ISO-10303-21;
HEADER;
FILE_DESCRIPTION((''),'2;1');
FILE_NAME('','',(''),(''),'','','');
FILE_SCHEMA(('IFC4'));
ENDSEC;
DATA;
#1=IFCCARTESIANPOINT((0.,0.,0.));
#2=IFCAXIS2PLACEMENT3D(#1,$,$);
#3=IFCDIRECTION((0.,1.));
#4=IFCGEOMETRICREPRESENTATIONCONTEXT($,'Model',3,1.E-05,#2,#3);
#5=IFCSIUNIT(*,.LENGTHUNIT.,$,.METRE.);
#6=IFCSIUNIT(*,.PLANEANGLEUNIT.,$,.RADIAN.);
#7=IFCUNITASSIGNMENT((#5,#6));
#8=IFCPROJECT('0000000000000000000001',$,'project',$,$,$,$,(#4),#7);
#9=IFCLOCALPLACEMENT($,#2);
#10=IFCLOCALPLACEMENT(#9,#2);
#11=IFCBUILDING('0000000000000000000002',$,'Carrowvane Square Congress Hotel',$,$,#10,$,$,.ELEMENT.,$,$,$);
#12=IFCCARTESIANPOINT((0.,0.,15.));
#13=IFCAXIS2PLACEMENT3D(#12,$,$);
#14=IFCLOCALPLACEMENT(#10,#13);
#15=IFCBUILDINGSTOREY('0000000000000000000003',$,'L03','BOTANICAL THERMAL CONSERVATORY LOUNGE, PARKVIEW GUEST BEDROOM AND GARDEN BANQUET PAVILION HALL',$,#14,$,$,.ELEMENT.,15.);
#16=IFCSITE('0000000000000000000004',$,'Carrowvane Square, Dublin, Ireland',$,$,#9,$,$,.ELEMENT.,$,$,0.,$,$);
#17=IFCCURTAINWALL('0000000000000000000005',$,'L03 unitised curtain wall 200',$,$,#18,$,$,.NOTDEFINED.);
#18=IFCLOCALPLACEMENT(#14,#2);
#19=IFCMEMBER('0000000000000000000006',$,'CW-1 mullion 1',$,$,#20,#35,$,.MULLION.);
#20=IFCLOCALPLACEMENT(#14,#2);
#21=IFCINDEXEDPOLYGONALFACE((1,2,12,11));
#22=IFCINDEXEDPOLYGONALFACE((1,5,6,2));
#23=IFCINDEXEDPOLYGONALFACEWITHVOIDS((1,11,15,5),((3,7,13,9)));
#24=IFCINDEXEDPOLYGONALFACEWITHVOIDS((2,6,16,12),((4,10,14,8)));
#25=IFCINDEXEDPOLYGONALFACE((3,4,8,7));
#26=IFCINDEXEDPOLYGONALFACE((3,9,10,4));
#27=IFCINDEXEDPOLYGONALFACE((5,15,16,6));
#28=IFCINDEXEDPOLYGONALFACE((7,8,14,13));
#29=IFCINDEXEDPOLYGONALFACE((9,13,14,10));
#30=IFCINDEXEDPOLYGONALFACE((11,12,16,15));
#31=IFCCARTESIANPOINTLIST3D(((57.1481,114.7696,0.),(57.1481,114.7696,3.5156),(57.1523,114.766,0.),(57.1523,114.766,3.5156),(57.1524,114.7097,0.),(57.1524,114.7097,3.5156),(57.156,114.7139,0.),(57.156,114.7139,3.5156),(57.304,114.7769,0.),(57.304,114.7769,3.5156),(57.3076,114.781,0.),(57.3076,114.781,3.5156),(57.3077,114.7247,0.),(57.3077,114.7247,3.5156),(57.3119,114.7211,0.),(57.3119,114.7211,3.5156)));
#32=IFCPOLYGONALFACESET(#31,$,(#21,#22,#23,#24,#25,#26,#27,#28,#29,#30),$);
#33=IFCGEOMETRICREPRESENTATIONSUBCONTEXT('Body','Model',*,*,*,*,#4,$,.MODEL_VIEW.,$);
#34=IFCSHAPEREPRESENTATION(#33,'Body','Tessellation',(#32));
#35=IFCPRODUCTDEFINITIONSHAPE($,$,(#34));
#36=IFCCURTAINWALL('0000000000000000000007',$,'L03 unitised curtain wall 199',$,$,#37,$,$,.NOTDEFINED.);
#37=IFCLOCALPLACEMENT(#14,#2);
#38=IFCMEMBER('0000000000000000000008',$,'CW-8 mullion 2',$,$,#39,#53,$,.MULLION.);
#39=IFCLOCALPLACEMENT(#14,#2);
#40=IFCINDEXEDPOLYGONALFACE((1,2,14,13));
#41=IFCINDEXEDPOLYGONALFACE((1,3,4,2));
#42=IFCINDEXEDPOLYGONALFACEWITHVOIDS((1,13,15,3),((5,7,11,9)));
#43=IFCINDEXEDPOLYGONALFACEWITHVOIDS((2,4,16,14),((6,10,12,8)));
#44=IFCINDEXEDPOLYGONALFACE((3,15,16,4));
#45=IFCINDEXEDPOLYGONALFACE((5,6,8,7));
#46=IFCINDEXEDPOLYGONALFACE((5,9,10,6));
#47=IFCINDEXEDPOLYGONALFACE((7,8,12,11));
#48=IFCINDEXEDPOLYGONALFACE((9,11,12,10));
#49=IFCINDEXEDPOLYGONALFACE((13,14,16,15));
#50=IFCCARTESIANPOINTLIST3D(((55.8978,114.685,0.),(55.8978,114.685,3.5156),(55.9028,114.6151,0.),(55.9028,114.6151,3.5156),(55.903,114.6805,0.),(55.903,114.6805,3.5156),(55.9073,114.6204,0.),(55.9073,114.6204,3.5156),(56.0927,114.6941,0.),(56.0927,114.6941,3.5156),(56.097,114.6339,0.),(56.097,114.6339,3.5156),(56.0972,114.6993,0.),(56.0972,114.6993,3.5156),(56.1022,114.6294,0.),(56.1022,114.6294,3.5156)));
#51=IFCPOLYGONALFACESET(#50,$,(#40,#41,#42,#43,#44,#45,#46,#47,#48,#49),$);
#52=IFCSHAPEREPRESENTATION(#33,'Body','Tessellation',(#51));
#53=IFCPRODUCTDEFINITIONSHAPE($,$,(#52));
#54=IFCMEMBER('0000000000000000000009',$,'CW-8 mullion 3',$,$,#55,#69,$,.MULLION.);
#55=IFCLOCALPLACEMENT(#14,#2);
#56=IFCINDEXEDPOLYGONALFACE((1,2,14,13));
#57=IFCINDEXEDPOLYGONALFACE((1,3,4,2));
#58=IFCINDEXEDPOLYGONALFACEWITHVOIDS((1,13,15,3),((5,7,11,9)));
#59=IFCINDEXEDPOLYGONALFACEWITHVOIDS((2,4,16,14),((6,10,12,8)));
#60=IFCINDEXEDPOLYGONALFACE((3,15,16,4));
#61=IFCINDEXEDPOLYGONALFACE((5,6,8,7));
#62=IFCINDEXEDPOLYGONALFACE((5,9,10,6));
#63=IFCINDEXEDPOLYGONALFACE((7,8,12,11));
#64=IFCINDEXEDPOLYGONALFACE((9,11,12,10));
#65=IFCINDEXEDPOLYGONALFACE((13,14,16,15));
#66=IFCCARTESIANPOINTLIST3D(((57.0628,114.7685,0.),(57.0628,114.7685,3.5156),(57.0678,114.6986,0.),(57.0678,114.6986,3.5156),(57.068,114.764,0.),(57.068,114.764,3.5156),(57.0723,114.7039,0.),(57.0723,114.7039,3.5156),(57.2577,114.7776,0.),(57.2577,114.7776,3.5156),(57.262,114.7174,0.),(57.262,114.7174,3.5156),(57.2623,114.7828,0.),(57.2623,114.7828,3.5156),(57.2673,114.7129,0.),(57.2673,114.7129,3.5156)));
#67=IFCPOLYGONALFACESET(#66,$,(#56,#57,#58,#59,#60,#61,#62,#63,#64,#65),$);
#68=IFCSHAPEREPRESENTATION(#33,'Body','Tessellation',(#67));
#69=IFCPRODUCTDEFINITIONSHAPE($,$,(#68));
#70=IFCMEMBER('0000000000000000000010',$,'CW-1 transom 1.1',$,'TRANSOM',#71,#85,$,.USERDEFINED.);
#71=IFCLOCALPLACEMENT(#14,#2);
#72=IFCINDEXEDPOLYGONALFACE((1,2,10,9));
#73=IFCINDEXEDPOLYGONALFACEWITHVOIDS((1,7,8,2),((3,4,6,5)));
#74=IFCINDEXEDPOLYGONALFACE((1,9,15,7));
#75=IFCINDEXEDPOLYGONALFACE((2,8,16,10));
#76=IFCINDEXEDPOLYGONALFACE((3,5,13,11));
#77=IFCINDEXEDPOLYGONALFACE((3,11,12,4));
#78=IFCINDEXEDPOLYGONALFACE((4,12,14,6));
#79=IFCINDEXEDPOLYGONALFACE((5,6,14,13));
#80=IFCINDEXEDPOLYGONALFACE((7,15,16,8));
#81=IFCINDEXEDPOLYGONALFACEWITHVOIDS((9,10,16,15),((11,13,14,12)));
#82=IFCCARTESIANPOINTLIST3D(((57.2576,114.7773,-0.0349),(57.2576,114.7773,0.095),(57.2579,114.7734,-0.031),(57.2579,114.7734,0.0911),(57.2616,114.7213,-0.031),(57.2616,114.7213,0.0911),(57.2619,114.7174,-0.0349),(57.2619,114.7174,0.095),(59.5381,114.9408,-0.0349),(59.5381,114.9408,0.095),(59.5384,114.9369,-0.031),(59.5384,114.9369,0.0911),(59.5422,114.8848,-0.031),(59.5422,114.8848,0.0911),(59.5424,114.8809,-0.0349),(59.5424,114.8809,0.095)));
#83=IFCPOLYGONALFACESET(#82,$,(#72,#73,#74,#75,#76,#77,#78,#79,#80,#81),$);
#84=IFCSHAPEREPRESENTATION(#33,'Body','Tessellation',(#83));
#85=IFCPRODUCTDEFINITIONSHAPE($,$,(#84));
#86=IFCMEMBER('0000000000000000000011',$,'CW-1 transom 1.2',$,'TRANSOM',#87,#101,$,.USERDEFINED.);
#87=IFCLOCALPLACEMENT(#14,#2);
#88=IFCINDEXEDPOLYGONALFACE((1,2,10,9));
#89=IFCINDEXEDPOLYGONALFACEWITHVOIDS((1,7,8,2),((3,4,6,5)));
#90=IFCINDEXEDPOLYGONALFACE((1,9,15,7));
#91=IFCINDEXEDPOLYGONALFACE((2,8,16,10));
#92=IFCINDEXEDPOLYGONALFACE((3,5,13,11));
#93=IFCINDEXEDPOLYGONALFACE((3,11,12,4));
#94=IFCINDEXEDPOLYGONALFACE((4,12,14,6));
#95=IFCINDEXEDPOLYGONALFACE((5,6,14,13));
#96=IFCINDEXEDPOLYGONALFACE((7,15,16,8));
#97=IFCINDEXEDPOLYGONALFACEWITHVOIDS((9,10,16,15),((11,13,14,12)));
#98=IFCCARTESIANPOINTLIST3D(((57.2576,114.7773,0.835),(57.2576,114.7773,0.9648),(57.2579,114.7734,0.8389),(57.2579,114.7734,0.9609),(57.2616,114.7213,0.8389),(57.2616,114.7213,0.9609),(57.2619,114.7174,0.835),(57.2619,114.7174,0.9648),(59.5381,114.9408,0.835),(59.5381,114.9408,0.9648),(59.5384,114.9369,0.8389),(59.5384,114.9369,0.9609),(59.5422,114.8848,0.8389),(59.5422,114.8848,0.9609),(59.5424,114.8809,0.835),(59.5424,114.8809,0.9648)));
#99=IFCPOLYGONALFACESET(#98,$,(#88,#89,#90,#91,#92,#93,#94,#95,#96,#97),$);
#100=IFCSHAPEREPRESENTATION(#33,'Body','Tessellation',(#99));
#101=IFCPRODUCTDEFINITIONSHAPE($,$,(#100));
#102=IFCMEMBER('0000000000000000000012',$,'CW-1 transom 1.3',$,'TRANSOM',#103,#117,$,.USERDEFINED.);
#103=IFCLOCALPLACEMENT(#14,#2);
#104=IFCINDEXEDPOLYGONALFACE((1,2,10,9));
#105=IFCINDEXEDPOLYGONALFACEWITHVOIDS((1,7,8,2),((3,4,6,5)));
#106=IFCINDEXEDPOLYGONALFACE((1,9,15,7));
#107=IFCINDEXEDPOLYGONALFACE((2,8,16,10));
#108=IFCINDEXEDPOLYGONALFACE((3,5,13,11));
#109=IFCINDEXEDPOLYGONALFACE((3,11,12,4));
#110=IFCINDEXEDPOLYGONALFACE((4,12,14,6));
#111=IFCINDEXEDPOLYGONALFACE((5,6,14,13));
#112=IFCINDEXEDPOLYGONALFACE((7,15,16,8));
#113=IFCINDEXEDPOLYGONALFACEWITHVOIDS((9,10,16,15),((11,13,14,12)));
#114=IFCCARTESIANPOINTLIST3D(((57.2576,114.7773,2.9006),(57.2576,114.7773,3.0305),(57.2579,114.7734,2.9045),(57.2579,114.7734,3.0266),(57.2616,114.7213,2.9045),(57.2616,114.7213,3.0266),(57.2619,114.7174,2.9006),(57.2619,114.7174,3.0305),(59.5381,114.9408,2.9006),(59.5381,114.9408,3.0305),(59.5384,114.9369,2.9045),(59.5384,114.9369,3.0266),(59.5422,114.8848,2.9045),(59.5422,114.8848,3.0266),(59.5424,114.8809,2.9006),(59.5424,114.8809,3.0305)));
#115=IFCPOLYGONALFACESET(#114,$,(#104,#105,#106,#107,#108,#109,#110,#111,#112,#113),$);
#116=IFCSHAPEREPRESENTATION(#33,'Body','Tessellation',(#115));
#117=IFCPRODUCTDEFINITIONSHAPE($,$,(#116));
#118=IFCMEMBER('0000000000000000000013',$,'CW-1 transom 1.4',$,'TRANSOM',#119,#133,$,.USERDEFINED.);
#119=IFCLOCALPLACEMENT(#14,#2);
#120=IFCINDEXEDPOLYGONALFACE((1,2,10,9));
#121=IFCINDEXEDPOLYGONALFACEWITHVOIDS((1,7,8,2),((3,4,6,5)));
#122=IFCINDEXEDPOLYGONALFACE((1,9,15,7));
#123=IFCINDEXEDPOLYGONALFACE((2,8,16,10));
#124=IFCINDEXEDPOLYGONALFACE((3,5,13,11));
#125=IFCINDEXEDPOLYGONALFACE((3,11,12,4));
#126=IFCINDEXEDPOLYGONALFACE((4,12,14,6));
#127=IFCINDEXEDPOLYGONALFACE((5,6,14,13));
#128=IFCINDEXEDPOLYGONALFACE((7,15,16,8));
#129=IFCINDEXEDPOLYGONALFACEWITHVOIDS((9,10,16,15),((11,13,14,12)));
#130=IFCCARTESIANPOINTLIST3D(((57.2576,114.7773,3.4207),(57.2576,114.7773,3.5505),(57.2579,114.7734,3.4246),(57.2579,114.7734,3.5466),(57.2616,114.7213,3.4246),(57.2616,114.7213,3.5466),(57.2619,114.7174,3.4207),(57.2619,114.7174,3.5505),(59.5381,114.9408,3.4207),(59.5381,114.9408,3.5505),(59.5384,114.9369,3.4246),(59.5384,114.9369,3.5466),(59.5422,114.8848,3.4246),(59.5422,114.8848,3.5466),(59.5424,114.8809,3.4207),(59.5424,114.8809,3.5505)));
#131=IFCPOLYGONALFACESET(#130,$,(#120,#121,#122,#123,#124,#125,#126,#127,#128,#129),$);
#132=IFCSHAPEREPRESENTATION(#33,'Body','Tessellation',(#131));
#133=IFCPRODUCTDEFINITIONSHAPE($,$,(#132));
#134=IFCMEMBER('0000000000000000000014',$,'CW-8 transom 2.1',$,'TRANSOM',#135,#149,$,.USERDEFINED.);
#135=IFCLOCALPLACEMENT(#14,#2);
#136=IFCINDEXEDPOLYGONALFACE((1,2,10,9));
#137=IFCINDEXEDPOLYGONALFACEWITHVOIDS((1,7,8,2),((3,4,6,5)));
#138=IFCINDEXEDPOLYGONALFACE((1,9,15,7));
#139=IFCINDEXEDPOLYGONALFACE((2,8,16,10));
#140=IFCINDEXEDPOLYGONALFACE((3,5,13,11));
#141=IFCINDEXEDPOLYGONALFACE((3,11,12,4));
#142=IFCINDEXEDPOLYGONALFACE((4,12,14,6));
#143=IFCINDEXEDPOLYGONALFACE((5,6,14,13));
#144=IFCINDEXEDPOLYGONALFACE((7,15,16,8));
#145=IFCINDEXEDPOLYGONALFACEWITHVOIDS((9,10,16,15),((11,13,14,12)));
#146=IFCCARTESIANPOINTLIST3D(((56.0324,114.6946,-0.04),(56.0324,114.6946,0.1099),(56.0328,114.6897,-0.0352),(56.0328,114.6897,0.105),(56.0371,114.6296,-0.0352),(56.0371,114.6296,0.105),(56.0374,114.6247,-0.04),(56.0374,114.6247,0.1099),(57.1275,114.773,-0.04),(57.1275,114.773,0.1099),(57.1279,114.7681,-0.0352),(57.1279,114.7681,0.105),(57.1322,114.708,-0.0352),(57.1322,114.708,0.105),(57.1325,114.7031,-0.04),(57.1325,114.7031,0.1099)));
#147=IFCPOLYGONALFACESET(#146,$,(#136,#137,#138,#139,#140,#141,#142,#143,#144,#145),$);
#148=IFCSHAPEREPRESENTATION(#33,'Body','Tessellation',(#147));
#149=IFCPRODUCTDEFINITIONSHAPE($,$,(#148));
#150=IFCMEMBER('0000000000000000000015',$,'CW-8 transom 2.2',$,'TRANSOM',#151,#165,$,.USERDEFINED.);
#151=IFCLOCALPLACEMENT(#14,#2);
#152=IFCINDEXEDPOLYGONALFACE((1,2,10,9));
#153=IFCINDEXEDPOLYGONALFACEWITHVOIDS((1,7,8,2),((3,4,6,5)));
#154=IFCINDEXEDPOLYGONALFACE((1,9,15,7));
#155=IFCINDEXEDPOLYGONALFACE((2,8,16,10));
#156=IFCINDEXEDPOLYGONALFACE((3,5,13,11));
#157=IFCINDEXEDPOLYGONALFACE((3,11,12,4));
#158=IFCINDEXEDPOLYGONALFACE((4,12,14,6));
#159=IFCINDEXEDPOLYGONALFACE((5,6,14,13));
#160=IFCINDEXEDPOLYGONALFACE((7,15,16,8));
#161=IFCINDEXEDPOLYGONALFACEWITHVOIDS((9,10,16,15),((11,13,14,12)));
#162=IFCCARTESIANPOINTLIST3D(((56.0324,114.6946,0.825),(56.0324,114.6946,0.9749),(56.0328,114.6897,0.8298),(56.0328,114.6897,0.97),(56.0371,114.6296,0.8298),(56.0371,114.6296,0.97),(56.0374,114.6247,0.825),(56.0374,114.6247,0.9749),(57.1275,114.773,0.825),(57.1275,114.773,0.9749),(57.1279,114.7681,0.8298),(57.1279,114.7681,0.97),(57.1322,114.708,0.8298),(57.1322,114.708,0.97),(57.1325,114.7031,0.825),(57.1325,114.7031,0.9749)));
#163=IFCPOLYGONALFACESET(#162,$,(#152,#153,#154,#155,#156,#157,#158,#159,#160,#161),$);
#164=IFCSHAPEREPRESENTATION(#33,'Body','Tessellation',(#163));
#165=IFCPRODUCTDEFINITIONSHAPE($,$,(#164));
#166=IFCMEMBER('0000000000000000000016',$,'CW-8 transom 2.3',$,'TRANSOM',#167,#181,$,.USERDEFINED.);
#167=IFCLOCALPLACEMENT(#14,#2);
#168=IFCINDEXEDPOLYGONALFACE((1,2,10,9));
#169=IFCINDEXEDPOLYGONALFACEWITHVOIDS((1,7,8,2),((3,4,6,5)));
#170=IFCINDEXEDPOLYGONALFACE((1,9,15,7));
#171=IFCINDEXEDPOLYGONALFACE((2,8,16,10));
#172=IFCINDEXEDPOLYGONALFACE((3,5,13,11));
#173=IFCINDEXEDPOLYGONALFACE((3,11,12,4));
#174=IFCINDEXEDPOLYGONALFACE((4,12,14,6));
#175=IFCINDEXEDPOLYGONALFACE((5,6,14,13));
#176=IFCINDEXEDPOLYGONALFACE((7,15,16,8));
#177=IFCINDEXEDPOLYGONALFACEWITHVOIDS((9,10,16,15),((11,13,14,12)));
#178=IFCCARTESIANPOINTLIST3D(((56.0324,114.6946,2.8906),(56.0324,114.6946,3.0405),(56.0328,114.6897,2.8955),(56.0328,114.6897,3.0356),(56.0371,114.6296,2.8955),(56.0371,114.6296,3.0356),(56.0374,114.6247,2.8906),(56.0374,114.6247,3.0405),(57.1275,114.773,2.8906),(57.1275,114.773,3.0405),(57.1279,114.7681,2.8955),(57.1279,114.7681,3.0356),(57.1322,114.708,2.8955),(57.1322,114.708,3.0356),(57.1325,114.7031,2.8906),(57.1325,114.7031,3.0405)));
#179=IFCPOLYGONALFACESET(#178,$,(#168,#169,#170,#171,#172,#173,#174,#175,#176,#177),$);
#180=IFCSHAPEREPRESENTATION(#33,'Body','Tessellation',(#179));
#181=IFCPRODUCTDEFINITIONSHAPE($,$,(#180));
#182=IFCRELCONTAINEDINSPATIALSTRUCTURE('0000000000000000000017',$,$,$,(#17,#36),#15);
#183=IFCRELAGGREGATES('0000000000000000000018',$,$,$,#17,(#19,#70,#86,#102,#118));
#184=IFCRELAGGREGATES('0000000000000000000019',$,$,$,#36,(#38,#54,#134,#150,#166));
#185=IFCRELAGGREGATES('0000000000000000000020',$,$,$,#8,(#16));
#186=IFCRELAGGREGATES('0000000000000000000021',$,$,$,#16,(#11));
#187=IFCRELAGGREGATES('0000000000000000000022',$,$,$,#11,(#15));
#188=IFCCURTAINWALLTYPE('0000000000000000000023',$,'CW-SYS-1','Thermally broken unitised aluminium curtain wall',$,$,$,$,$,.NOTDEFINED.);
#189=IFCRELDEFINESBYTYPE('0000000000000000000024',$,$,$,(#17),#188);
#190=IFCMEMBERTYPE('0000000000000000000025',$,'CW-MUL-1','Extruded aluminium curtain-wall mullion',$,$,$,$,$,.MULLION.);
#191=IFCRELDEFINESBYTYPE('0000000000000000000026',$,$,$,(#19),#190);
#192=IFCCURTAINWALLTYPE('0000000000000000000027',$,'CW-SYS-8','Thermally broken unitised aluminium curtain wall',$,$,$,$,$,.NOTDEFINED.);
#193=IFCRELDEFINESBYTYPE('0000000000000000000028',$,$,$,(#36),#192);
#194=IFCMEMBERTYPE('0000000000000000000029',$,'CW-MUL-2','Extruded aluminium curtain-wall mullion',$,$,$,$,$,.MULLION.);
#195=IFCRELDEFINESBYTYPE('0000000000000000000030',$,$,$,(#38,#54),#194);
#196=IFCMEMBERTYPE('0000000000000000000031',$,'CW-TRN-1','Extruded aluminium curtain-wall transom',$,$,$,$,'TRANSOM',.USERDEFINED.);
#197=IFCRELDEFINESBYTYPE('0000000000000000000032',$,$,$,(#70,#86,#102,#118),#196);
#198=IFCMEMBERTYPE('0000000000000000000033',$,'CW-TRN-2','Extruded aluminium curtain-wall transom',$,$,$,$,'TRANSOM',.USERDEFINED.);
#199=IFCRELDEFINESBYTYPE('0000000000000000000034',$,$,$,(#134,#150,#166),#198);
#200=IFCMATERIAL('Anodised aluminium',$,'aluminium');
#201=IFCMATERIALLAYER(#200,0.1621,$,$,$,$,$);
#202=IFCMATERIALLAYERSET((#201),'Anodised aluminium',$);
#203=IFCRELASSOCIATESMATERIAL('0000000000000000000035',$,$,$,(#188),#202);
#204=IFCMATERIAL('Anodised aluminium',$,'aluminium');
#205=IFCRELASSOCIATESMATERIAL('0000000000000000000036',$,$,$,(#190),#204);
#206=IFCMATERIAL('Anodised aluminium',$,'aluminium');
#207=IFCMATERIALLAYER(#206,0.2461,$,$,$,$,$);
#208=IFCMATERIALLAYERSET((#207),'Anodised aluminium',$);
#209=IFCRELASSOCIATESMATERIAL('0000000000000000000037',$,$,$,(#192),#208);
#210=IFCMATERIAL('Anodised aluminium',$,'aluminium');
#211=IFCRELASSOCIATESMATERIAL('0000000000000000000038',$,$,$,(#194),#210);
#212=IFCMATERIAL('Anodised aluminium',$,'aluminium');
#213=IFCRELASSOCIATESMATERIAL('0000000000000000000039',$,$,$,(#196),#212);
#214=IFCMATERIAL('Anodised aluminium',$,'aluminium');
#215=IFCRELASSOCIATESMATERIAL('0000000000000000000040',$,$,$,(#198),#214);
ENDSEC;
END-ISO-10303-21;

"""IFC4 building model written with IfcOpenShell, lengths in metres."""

from ifc_helpers import new_model, si_unit, direction, frame, origin, origin_2d, place, context, subcontext, project, spatial, hollow_rectangle, extrude, material, layer, layer_set, material_profile, profile_set, type_object, element, aggregate, save


model = new_model("IFC4")

# Units and contexts
model_context = context("Model", 3, precision=1e-05, world=origin(), true_north=direction((0.0, 1.0)))
body_context = subcontext(model_context, "Body", "Model", "MODEL_VIEW")
ifc_project = project(units=[si_unit("LENGTHUNIT", "METRE"), si_unit("PLANEANGLEUNIT", "RADIAN")], contexts=[model_context])

# Site, building, storey
site_placement = place(None, origin())
site = spatial("IfcSite", under=ifc_project, at=site_placement, Name="Carrowvane Square, Dublin, Ireland", CompositionType="ELEMENT", RefElevation=0.0)
building_placement = place(site_placement, origin())
building = spatial("IfcBuilding", under=site, at=building_placement, Name="Carrowvane Square Congress Hotel", CompositionType="ELEMENT")
storey_placement = place(building_placement, frame((0.0, 0.0, 15.0)))
storey = spatial("IfcBuildingStorey", under=building, at=storey_placement, Name="L03", Description="BOTANICAL THERMAL CONSERVATORY LOUNGE, PARKVIEW GUEST BEDROOM AND GARDEN BANQUET PAVILION HALL", CompositionType="ELEMENT", Elevation=15.0)

# Curtain wall, member
ifc_material_1 = material(Name="Anodised aluminium", Category="aluminium")
ifc_layer_1 = layer(ifc_material_1, 0.1621)
ifc_layer_set_1 = layer_set([ifc_layer_1], Name="Anodised aluminium")
curtain_wall_type_1 = type_object("IfcCurtainWallType", Name="CW-SYS-1", Description="Thermally broken unitised aluminium curtain wall", PredefinedType="NOTDEFINED", material=ifc_layer_set_1)
curtain_wall_1_placement = place(storey_placement, origin())
curtain_wall_1 = element("IfcCurtainWall", 1, at=curtain_wall_1_placement, inside=storey, type_object=curtain_wall_type_1, Name="L03 unitised curtain wall 200", PredefinedType="NOTDEFINED")
ifc_material_2 = material(Name="Anodised aluminium", Category="aluminium")
ifc_material_profile_1 = material_profile(ifc_material_2, hollow_rectangle(XDim=0.0601, YDim=0.1599, WallThickness=0.0039, at=origin_2d()), Name="CW-ML 60x160x4")
ifc_profile_set_1 = profile_set([ifc_material_profile_1], Name="Anodised aluminium")
member_type_1 = type_object("IfcMemberType", Name="CW-MUL-1", Description="Extruded aluminium curtain-wall mullion", PredefinedType="MULLION", material=ifc_profile_set_1)
member_1_placement = place(storey_placement, frame((57.23, 114.7454, 0.0), z_axis=(0.0, 0.0, 1.0), x_axis=(-0.071532, 0.997438, 0.0)))
member_1 = element("IfcMember", 2, at=member_1_placement, type_object=member_type_1, Name="CW-1 mullion 1", PredefinedType="MULLION", context=body_context, shape_type="SweptSolid", body=[
    extrude(hollow_rectangle(XDim=0.0601, YDim=0.1599, WallThickness=0.0039, at=origin_2d()), origin(), (0.0, 0.0, 1.0), 3.5156),
])

# Curtain wall, members
ifc_material_3 = material(Name="Anodised aluminium", Category="aluminium")
ifc_layer_2 = layer(ifc_material_3, 0.2461)
ifc_layer_set_2 = layer_set([ifc_layer_2], Name="Anodised aluminium")
curtain_wall_type_2 = type_object("IfcCurtainWallType", Name="CW-SYS-8", Description="Thermally broken unitised aluminium curtain wall", PredefinedType="NOTDEFINED", material=ifc_layer_set_2)
curtain_wall_2_placement = place(storey_placement, origin())
curtain_wall_2 = element("IfcCurtainWall", 3, at=curtain_wall_2_placement, inside=storey, type_object=curtain_wall_type_2, Name="L03 unitised curtain wall 199", PredefinedType="NOTDEFINED")
ifc_material_4 = material(Name="Anodised aluminium", Category="aluminium")
ifc_material_profile_2 = material_profile(ifc_material_4, hollow_rectangle(XDim=0.0701, YDim=0.2, WallThickness=0.0049, at=origin_2d()), Name="CW-ML 70x200x5")
ifc_profile_set_2 = profile_set([ifc_material_profile_2], Name="Anodised aluminium")
member_type_2 = type_object("IfcMemberType", Name="CW-MUL-2", Description="Extruded aluminium curtain-wall mullion", PredefinedType="MULLION", material=ifc_profile_set_2)
member_2_placement = place(storey_placement, frame((56.0, 114.6572, 0.0), z_axis=(0.0, 0.0, 1.0), x_axis=(-0.071418, 0.997446, 0.0)))
member_2 = element("IfcMember", 4, at=member_2_placement, type_object=member_type_2, Name="CW-8 mullion 2", PredefinedType="MULLION", context=body_context, shape_type="SweptSolid", body=[
    extrude(hollow_rectangle(XDim=0.0701, YDim=0.2, WallThickness=0.0049, at=origin_2d()), origin(), (0.0, 0.0, 1.0), 3.5156),
])
member_3_placement = place(storey_placement, frame((57.165, 114.7407, 0.0), z_axis=(0.0, 0.0, 1.0), x_axis=(-0.071418, 0.997446, 0.0)))
member_3 = element("IfcMember", 5, at=member_3_placement, type_object=member_type_2, Name="CW-8 mullion 3", PredefinedType="MULLION", context=body_context, shape_type="SweptSolid", body=[
    extrude(hollow_rectangle(XDim=0.0701, YDim=0.2, WallThickness=0.0049, at=origin_2d()), origin(), (0.0, 0.0, 1.0), 3.5156),
])

# Members
ifc_material_5 = material(Name="Anodised aluminium", Category="aluminium")
ifc_material_profile_3 = material_profile(ifc_material_5, hollow_rectangle(XDim=0.0601, YDim=0.1299, WallThickness=0.0039, at=origin_2d()), Name="CW-TR 60x130x4")
ifc_profile_set_3 = profile_set([ifc_material_profile_3], Name="Anodised aluminium")
member_type_3 = type_object("IfcMemberType", Name="CW-TRN-1", Description="Extruded aluminium curtain-wall transom", ElementType="TRANSOM", PredefinedType="USERDEFINED", material=ifc_profile_set_3)
member_4_placement = place(storey_placement, frame((57.2598, 114.7473, 0.03), z_axis=(0.997438, 0.071543, 0.0), x_axis=(-0.071543, 0.997438, 0.0)))
member_4 = element("IfcMember", 6, at=member_4_placement, type_object=member_type_3, Name="CW-1 transom 1.1", ObjectType="TRANSOM", PredefinedType="USERDEFINED", context=body_context, shape_type="SweptSolid", body=[
    extrude(hollow_rectangle(XDim=0.0601, YDim=0.1299, WallThickness=0.0039, at=origin_2d()), origin(), (0.0, 0.0, 1.0), 2.2864),
])
member_5_placement = place(storey_placement, frame((57.2598, 114.7473, 0.8999), z_axis=(0.997438, 0.071543, 0.0), x_axis=(-0.071543, 0.997438, 0.0)))
member_5 = element("IfcMember", 7, at=member_5_placement, type_object=member_type_3, Name="CW-1 transom 1.2", ObjectType="TRANSOM", PredefinedType="USERDEFINED", context=body_context, shape_type="SweptSolid", body=[
    extrude(hollow_rectangle(XDim=0.0601, YDim=0.1299, WallThickness=0.0039, at=origin_2d()), origin(), (0.0, 0.0, 1.0), 2.2864),
])
member_6_placement = place(storey_placement, frame((57.2598, 114.7473, 2.9656), z_axis=(0.997438, 0.071543, 0.0), x_axis=(-0.071543, 0.997438, 0.0)))
member_6 = element("IfcMember", 8, at=member_6_placement, type_object=member_type_3, Name="CW-1 transom 1.3", ObjectType="TRANSOM", PredefinedType="USERDEFINED", context=body_context, shape_type="SweptSolid", body=[
    extrude(hollow_rectangle(XDim=0.0601, YDim=0.1299, WallThickness=0.0039, at=origin_2d()), origin(), (0.0, 0.0, 1.0), 2.2864),
])
member_7_placement = place(storey_placement, frame((57.2598, 114.7473, 3.4856), z_axis=(0.997438, 0.071543, 0.0), x_axis=(-0.071543, 0.997438, 0.0)))
member_7 = element("IfcMember", 9, at=member_7_placement, type_object=member_type_3, Name="CW-1 transom 1.4", ObjectType="TRANSOM", PredefinedType="USERDEFINED", context=body_context, shape_type="SweptSolid", body=[
    extrude(hollow_rectangle(XDim=0.0601, YDim=0.1299, WallThickness=0.0039, at=origin_2d()), origin(), (0.0, 0.0, 1.0), 2.2864),
])
ifc_material_6 = material(Name="Anodised aluminium", Category="aluminium")
ifc_material_profile_4 = material_profile(ifc_material_6, hollow_rectangle(XDim=0.0701, YDim=0.1499, WallThickness=0.0049, at=origin_2d()), Name="CW-TR 70x150x5")
ifc_profile_set_4 = profile_set([ifc_material_profile_4], Name="Anodised aluminium")
member_type_4 = type_object("IfcMemberType", Name="CW-TRN-2", Description="Extruded aluminium curtain-wall transom", ElementType="TRANSOM", PredefinedType="USERDEFINED", material=ifc_profile_set_4)
member_8_placement = place(storey_placement, frame((56.0349, 114.6597, 0.0349), z_axis=(0.99745, 0.071373, 0.0), x_axis=(-0.071373, 0.99745, 0.0)))
member_8 = element("IfcMember", 10, at=member_8_placement, type_object=member_type_4, Name="CW-8 transom 2.1", ObjectType="TRANSOM", PredefinedType="USERDEFINED", context=body_context, shape_type="SweptSolid", body=[
    extrude(hollow_rectangle(XDim=0.0701, YDim=0.1499, WallThickness=0.0049, at=origin_2d()), origin(), (0.0, 0.0, 1.0), 1.0979),
])
member_9_placement = place(storey_placement, frame((56.0349, 114.6597, 0.8999), z_axis=(0.99745, 0.071373, 0.0), x_axis=(-0.071373, 0.99745, 0.0)))
member_9 = element("IfcMember", 11, at=member_9_placement, type_object=member_type_4, Name="CW-8 transom 2.2", ObjectType="TRANSOM", PredefinedType="USERDEFINED", context=body_context, shape_type="SweptSolid", body=[
    extrude(hollow_rectangle(XDim=0.0701, YDim=0.1499, WallThickness=0.0049, at=origin_2d()), origin(), (0.0, 0.0, 1.0), 1.0979),
])
member_10_placement = place(storey_placement, frame((56.0349, 114.6597, 2.9656), z_axis=(0.99745, 0.071373, 0.0), x_axis=(-0.071373, 0.99745, 0.0)))
member_10 = element("IfcMember", 12, at=member_10_placement, type_object=member_type_4, Name="CW-8 transom 2.3", ObjectType="TRANSOM", PredefinedType="USERDEFINED", context=body_context, shape_type="SweptSolid", body=[
    extrude(hollow_rectangle(XDim=0.0701, YDim=0.1499, WallThickness=0.0049, at=origin_2d()), origin(), (0.0, 0.0, 1.0), 1.0979),
])

aggregate(curtain_wall_1, [member_1, member_4, member_5, member_6, member_7])
aggregate(curtain_wall_2, [member_2, member_3, member_8, member_9, member_10])

save(model, "model.ifc")
